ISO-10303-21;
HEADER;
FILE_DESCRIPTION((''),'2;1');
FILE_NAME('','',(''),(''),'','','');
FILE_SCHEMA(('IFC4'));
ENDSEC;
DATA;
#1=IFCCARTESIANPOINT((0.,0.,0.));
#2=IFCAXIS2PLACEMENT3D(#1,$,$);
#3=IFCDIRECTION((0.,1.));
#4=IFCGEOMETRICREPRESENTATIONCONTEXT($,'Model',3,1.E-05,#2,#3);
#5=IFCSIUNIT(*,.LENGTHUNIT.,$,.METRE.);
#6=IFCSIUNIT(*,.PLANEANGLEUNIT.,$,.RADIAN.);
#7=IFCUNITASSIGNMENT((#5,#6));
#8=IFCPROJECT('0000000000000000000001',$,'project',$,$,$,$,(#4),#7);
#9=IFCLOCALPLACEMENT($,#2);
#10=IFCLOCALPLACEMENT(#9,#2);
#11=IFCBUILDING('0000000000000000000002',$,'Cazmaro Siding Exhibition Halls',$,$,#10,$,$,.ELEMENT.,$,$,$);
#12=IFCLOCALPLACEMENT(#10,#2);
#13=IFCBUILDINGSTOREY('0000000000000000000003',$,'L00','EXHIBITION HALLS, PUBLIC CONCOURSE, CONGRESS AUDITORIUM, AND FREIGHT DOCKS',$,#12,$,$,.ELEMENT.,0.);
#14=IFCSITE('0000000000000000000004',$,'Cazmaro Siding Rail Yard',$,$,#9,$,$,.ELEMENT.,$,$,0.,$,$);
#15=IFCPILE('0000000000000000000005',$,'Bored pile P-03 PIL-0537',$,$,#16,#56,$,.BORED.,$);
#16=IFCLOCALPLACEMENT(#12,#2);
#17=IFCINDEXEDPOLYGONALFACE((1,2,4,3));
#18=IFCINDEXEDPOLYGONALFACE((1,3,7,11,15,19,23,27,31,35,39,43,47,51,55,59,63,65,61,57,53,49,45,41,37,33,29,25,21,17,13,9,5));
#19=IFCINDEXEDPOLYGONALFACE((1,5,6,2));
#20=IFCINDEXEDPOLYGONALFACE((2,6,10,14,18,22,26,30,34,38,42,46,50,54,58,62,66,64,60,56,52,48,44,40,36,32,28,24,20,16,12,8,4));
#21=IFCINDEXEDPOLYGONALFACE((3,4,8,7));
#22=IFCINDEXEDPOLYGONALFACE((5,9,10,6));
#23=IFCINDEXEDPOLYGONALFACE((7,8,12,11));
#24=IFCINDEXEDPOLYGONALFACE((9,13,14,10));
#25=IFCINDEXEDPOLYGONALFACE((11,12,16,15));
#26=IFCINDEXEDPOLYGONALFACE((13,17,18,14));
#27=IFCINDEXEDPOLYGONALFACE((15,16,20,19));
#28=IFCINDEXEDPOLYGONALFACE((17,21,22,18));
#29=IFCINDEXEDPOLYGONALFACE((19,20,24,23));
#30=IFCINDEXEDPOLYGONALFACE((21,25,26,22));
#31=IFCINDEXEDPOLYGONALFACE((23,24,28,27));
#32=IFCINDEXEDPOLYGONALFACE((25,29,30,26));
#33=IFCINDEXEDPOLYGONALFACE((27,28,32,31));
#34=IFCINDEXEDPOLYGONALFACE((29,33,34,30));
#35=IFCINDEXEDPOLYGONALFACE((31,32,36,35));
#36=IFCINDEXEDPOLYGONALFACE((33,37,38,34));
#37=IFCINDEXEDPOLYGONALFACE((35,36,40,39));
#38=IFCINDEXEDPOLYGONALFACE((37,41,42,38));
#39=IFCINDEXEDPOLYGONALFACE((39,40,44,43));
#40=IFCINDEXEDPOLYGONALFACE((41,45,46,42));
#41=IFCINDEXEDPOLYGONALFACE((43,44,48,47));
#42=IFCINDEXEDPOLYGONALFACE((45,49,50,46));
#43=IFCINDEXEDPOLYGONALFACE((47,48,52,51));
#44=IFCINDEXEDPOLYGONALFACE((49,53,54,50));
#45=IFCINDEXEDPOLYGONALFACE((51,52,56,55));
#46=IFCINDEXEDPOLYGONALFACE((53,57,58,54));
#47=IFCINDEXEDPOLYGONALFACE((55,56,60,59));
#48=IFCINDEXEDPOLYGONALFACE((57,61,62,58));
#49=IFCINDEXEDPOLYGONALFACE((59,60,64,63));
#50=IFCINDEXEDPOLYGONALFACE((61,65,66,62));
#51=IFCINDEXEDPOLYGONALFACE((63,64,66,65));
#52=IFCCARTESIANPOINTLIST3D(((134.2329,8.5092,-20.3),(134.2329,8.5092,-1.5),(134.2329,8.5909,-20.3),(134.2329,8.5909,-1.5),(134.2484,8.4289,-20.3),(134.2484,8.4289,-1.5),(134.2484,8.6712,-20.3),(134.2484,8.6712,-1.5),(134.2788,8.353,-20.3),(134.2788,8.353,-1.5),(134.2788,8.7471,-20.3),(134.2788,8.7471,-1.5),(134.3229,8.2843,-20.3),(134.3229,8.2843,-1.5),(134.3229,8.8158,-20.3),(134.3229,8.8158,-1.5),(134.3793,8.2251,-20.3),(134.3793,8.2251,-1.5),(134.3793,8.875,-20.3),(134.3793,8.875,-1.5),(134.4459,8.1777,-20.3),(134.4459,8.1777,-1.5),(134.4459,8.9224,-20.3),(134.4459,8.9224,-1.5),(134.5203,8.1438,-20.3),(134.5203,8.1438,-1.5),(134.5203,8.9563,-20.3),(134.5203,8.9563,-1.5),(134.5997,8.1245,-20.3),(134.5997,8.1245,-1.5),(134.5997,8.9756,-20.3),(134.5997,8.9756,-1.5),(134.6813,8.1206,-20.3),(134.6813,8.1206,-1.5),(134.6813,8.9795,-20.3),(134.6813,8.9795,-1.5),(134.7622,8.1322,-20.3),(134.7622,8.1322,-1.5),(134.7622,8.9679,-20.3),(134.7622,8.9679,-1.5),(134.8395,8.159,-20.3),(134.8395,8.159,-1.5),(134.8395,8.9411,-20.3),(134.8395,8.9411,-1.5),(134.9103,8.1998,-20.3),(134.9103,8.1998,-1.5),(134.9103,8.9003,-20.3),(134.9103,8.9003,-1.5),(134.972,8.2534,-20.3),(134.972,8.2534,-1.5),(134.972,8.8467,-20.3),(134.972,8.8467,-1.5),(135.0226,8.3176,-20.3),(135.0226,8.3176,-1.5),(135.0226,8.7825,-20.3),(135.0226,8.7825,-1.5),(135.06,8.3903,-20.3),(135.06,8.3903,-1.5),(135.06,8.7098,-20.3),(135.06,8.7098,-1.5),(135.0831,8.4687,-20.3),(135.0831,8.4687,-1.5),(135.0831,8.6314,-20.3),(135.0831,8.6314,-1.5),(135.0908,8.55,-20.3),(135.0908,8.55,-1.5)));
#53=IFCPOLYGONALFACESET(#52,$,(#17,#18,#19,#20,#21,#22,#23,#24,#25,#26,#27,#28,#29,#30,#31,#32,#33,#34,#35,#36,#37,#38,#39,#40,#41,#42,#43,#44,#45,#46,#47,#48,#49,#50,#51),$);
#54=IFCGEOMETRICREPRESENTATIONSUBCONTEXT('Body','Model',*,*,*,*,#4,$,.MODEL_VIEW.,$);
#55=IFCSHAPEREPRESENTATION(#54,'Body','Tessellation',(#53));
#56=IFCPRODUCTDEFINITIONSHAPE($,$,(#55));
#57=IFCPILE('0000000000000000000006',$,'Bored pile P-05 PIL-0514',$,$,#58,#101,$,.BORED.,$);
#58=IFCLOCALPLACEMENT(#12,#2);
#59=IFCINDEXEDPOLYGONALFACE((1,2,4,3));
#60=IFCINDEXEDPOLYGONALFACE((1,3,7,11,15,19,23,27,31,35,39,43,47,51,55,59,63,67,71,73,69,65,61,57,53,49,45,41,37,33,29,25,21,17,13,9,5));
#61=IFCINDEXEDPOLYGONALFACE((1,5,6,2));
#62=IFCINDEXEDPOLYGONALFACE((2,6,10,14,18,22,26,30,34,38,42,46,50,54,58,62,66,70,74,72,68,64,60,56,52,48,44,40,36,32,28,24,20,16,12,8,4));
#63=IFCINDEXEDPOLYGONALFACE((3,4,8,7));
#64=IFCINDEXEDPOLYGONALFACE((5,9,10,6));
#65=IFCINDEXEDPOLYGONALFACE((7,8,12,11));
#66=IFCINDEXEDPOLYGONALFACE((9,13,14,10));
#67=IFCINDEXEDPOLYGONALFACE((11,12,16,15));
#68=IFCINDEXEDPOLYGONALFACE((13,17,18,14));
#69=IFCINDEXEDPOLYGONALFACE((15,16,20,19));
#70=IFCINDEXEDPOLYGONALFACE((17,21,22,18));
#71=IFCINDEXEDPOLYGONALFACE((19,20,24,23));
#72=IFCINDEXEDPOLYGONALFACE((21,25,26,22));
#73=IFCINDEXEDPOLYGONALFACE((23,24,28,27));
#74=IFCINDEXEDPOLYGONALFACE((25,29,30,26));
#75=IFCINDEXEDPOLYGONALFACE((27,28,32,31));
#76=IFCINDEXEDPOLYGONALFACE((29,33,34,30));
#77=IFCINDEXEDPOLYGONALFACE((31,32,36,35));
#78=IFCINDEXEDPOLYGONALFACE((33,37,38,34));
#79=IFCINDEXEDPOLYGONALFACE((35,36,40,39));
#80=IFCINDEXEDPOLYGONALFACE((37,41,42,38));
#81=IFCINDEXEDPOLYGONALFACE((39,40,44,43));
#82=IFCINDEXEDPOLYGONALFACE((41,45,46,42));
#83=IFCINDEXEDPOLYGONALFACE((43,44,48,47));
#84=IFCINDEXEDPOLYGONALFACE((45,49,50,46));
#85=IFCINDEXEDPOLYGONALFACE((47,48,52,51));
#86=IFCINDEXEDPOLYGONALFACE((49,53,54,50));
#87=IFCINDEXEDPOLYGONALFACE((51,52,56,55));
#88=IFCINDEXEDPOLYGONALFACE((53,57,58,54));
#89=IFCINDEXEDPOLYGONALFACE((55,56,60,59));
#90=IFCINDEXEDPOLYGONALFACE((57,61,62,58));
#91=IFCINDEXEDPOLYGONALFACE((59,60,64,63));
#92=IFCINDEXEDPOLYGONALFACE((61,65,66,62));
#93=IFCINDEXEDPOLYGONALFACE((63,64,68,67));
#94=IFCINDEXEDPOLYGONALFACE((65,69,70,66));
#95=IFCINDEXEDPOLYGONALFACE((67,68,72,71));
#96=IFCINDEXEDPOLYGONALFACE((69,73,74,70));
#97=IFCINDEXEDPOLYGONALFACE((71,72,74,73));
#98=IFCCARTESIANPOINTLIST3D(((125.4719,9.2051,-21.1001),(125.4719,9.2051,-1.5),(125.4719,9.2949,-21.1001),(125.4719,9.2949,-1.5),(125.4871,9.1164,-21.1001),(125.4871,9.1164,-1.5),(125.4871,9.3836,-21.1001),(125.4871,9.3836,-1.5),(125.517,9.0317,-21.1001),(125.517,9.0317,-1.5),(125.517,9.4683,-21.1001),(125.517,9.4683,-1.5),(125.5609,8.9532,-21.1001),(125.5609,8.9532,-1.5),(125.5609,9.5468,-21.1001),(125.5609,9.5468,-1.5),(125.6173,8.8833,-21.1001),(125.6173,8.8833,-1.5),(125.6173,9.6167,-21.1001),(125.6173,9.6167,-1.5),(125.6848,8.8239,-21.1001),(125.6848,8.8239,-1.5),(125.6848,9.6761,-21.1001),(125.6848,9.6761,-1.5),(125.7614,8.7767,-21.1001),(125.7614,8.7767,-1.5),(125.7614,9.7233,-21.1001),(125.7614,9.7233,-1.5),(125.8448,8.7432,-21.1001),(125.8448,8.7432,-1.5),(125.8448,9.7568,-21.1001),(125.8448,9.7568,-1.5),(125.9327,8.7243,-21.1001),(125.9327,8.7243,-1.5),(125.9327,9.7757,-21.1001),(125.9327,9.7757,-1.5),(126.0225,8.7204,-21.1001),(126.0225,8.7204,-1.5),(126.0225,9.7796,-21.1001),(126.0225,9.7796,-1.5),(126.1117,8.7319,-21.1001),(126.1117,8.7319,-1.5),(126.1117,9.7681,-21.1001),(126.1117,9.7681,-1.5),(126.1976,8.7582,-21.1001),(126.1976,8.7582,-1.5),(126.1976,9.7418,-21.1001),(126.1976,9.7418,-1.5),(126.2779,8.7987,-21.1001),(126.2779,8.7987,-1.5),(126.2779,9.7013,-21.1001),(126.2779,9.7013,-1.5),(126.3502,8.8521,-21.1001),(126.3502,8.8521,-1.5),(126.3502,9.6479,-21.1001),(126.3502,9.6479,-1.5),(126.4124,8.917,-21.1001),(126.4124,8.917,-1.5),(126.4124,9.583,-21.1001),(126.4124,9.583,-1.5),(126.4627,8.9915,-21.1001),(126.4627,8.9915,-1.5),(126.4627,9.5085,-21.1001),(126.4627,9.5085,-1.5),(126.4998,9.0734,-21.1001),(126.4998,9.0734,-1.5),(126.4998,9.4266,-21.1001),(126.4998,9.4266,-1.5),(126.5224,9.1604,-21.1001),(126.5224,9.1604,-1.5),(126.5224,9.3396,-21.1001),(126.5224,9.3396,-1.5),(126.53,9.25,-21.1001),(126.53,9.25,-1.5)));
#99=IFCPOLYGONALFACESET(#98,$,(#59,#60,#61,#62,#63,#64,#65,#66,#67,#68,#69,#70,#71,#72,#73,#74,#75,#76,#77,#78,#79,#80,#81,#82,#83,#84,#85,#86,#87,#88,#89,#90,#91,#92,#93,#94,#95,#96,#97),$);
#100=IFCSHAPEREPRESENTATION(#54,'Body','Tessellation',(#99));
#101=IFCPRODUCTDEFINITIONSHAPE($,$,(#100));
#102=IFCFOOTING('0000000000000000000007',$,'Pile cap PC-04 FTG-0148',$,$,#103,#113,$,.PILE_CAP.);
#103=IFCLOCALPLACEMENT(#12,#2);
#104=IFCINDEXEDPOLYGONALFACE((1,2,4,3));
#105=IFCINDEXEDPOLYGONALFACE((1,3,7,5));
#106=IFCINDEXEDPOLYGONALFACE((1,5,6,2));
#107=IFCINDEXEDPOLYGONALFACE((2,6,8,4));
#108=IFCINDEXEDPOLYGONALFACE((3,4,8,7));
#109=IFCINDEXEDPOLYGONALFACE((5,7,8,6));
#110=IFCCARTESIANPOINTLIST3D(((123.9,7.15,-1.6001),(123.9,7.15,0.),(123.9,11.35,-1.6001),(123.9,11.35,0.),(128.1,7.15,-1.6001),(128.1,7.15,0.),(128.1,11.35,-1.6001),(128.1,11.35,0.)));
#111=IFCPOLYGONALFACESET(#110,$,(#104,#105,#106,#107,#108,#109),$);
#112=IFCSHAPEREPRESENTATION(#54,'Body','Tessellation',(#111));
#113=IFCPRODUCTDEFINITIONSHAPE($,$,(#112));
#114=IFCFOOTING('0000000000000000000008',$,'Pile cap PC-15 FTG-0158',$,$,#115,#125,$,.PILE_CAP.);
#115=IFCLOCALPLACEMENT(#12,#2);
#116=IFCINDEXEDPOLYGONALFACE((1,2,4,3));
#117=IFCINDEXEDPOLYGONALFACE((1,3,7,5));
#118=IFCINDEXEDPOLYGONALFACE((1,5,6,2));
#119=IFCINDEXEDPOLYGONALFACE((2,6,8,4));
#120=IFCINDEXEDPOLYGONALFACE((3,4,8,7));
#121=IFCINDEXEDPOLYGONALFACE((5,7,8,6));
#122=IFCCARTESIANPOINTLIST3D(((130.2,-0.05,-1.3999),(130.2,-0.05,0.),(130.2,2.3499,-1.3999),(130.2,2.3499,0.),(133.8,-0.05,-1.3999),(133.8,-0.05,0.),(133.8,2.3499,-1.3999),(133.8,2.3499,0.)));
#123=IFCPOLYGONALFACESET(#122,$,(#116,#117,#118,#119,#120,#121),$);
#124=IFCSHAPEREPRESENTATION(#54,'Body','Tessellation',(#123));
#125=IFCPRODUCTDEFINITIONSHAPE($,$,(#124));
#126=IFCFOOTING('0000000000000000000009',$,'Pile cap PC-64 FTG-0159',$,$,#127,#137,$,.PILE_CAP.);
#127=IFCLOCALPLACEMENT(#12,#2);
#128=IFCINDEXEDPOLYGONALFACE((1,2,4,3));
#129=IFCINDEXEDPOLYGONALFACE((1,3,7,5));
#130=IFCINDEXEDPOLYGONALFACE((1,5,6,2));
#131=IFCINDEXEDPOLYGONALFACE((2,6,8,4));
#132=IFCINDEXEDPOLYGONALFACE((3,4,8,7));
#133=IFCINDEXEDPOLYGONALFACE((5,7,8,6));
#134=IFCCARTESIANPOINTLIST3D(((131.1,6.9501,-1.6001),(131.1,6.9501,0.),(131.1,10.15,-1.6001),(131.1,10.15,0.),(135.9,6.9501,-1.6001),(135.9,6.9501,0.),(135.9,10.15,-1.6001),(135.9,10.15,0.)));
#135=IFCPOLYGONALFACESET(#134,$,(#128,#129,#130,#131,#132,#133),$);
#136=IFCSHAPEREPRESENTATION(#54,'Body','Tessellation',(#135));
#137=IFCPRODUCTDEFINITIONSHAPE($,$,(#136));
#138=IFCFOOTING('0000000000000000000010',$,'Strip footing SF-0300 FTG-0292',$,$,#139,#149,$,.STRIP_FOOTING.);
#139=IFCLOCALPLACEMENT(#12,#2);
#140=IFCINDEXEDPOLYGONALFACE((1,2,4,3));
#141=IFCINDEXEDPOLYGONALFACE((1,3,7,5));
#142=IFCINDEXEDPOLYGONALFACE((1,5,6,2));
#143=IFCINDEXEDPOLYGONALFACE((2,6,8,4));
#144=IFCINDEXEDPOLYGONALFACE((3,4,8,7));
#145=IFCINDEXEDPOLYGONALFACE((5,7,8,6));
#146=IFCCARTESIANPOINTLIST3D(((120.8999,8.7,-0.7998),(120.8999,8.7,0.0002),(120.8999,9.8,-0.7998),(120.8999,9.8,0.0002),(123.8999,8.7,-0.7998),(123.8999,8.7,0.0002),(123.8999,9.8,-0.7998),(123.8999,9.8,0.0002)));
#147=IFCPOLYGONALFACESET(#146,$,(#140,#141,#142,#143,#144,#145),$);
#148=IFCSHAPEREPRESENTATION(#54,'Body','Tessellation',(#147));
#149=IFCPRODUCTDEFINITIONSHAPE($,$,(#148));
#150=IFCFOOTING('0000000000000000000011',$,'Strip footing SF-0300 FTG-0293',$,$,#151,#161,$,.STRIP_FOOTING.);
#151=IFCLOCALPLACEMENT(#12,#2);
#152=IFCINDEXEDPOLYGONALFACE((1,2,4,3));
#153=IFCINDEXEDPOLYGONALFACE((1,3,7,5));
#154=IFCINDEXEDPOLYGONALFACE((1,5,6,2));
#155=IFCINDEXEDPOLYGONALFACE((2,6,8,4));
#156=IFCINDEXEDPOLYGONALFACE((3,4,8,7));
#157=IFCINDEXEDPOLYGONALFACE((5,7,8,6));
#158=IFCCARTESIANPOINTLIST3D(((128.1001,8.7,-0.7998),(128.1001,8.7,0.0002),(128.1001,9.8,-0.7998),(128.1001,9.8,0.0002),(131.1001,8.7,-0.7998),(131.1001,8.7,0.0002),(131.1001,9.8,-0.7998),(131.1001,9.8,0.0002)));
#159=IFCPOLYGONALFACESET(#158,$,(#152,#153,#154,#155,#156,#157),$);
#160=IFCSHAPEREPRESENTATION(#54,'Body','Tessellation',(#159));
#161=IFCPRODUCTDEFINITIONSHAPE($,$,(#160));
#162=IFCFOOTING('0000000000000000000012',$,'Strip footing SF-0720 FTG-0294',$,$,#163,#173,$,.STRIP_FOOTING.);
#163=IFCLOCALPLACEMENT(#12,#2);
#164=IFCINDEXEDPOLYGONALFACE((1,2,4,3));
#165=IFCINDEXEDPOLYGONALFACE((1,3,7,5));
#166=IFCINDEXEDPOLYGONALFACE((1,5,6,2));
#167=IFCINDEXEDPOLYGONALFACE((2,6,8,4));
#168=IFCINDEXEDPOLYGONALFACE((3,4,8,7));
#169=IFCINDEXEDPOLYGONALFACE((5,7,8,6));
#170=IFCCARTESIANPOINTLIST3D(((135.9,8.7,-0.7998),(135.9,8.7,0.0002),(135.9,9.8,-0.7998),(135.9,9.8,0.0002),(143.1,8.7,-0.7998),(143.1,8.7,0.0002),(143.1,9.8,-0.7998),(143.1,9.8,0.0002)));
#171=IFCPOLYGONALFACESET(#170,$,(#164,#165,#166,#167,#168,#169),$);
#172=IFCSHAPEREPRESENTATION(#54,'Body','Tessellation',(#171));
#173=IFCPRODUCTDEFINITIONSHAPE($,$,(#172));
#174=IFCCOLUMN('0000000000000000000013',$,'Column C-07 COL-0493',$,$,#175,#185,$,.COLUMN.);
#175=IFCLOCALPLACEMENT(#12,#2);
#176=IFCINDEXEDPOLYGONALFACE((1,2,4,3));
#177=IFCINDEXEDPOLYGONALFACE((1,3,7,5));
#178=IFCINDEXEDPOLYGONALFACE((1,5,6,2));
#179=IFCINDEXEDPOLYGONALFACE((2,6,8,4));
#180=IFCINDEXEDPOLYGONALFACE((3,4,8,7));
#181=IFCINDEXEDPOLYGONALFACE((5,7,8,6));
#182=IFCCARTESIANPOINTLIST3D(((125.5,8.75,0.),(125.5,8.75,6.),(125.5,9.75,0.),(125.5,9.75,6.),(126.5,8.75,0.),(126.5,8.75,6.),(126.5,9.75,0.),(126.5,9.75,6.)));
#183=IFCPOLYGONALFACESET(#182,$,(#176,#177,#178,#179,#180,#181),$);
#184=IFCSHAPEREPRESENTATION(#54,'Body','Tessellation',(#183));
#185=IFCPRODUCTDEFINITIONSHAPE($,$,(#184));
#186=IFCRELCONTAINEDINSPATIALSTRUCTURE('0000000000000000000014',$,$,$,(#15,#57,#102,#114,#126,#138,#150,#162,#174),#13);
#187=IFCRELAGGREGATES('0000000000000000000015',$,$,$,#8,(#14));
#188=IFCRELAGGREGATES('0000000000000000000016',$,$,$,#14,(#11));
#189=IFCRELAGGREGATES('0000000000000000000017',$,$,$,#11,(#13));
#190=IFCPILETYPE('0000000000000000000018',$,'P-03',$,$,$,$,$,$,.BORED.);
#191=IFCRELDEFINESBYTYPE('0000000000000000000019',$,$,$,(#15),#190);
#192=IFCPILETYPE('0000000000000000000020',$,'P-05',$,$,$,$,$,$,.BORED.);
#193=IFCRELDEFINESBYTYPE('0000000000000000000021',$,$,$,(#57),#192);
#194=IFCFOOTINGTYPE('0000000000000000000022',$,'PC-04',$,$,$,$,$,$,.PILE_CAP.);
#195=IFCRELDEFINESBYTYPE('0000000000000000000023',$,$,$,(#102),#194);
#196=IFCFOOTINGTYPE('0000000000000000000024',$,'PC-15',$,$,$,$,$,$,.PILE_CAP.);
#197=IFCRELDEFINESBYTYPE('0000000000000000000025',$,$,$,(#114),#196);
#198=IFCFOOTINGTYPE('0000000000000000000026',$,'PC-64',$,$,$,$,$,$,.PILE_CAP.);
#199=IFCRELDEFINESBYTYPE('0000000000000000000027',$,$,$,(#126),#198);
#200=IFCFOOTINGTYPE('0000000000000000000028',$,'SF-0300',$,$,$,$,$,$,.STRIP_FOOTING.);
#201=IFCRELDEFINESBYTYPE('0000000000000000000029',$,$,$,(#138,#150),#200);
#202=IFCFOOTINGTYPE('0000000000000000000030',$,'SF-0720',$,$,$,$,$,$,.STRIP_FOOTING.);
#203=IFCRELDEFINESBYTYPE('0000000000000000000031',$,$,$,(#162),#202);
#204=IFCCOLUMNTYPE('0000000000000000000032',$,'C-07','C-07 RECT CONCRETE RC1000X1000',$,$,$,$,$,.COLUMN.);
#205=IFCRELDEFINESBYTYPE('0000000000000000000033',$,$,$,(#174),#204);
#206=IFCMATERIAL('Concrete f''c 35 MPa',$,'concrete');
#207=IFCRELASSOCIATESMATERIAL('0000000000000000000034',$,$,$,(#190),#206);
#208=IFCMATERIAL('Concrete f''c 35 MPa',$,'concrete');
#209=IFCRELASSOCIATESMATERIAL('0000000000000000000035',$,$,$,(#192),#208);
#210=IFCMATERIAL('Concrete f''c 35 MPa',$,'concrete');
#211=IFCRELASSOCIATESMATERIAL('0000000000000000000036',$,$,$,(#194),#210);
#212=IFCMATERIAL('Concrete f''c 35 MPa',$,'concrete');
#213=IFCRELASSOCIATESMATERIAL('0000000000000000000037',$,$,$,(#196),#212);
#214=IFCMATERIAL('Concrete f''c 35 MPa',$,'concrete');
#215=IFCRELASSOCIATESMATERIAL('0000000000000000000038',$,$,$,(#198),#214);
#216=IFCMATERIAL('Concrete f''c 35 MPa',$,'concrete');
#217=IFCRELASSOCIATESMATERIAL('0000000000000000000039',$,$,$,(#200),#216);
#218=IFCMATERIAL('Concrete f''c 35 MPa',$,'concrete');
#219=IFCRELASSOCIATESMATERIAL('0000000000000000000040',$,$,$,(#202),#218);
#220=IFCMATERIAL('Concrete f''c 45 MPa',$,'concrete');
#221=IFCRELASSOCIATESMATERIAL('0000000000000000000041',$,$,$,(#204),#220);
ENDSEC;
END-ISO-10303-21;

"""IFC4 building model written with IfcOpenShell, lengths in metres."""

from ifc_helpers import new_model, si_unit, direction, frame, origin, origin_2d, place, context, subcontext, project, spatial, rectangle, circle, extrude, material, material_profile, profile_set, type_object, element, save


model = new_model("IFC4")

# Units and contexts
model_context = context("Model", 3, precision=1e-05, world=origin(), true_north=direction((0.0, 1.0)))
body_context = subcontext(model_context, "Body", "Model", "MODEL_VIEW")
ifc_project = project(units=[si_unit("LENGTHUNIT", "METRE"), si_unit("PLANEANGLEUNIT", "RADIAN")], contexts=[model_context])

# Site, building, storey
site_placement = place(None, origin())
site = spatial("IfcSite", under=ifc_project, at=site_placement, Name="Cazmaro Siding Rail Yard", CompositionType="ELEMENT", RefElevation=0.0)
building_placement = place(site_placement, origin())
building = spatial("IfcBuilding", under=site, at=building_placement, Name="Cazmaro Siding Exhibition Halls", CompositionType="ELEMENT")
storey_placement = place(building_placement, origin())
storey = spatial("IfcBuildingStorey", under=building, at=storey_placement, Name="L00", Description="EXHIBITION HALLS, PUBLIC CONCOURSE, CONGRESS AUDITORIUM, AND FREIGHT DOCKS", CompositionType="ELEMENT", Elevation=0.0)

# Piles
ifc_material_1 = material(Name="Concrete f'c 35 MPa", Category="concrete")
ifc_material_profile_1 = material_profile(ifc_material_1, circle(Radius=0.4299, at=origin_2d()), Name="CIDH-860")
ifc_profile_set_1 = profile_set([ifc_material_profile_1], Name="Concrete f'c 35 MPa")
pile_type_1 = type_object("IfcPileType", Name="P-03", PredefinedType="BORED", material=ifc_profile_set_1)
for number, where, z_axis, x_axis, name in (
    (1, (134.6609, 8.55, -1.5), (0.0, 0.0, -1.0), (1.0, 0.0, 0.0), "Bored pile P-03 PIL-0537"),
):
    element("IfcPile", number, at=place(storey_placement, frame(where, z_axis=z_axis, x_axis=x_axis)), inside=storey, type_object=pile_type_1, Name=name, PredefinedType="BORED", context=body_context, shape_type="SweptSolid", body=[
        extrude(circle(Radius=0.4299, at=origin_2d()), origin(), (0.0, 0.0, 1.0), 18.8),
    ])
ifc_material_2 = material(Name="Concrete f'c 35 MPa", Category="concrete")
ifc_material_profile_2 = material_profile(ifc_material_2, circle(Radius=0.53, at=origin_2d()), Name="CIDH-1060")
ifc_profile_set_2 = profile_set([ifc_material_profile_2], Name="Concrete f'c 35 MPa")
pile_type_2 = type_object("IfcPileType", Name="P-05", PredefinedType="BORED", material=ifc_profile_set_2)
pile_placement = place(storey_placement, frame((126.0, 9.25, -1.5), z_axis=(0.0, 0.0, -1.0), x_axis=(1.0, 0.0, 0.0)))
element("IfcPile", 2, at=pile_placement, inside=storey, type_object=pile_type_2, Name="Bored pile P-05 PIL-0514", PredefinedType="BORED", context=body_context, shape_type="SweptSolid", body=[
    extrude(circle(Radius=0.53, at=origin_2d()), origin(), (0.0, 0.0, 1.0), 19.6001),
])

# Footings
ifc_material_3 = material(Name="Concrete f'c 35 MPa", Category="concrete")
footing_type_1 = type_object("IfcFootingType", Name="PC-04", PredefinedType="PILE_CAP", material=ifc_material_3)
footing_1_placement = place(storey_placement, frame((126.0, 9.25, -1.6001), z_axis=(0.0, 0.0, 1.0), x_axis=(1.0, 0.0, 0.0)))
element("IfcFooting", 3, at=footing_1_placement, inside=storey, type_object=footing_type_1, Name="Pile cap PC-04 FTG-0148", PredefinedType="PILE_CAP", context=body_context, shape_type="SweptSolid", body=[
    extrude(rectangle(XDim=4.2, YDim=4.2, at=origin_2d()), origin(), (0.0, 0.0, 1.0), 1.6001),
])
ifc_material_4 = material(Name="Concrete f'c 35 MPa", Category="concrete")
footing_type_2 = type_object("IfcFootingType", Name="PC-15", PredefinedType="PILE_CAP", material=ifc_material_4)
footing_2_placement = place(storey_placement, frame((132.0, 1.1499, -1.3999), z_axis=(0.0, 0.0, 1.0), x_axis=(1.0, 0.0, 0.0)))
element("IfcFooting", 4, at=footing_2_placement, inside=storey, type_object=footing_type_2, Name="Pile cap PC-15 FTG-0158", PredefinedType="PILE_CAP", context=body_context, shape_type="SweptSolid", body=[
    extrude(rectangle(XDim=3.6001, YDim=2.3999, at=origin_2d()), origin(), (0.0, 0.0, 1.0), 1.3999),
])
ifc_material_5 = material(Name="Concrete f'c 35 MPa", Category="concrete")
footing_type_3 = type_object("IfcFootingType", Name="PC-64", PredefinedType="PILE_CAP", material=ifc_material_5)
footing_3_placement = place(storey_placement, frame((133.5, 8.55, -1.6001), z_axis=(0.0, 0.0, 1.0), x_axis=(1.0, 0.0, 0.0)))
element("IfcFooting", 5, at=footing_3_placement, inside=storey, type_object=footing_type_3, Name="Pile cap PC-64 FTG-0159", PredefinedType="PILE_CAP", context=body_context, shape_type="SweptSolid", body=[
    extrude(rectangle(XDim=4.8, YDim=3.2, at=origin_2d()), origin(), (0.0, 0.0, 1.0), 1.6001),
])
ifc_material_6 = material(Name="Concrete f'c 35 MPa", Category="concrete")
footing_type_4 = type_object("IfcFootingType", Name="SF-0300", PredefinedType="STRIP_FOOTING", material=ifc_material_6)
for number, where, z_axis, x_axis, name in (
    (6, (122.3999, 9.25, -0.7998), (0.0, 0.0, 1.0), (1.0, 0.0, 0.0), "Strip footing SF-0300 FTG-0292"),
    (7, (129.6001, 9.25, -0.7998), (0.0, 0.0, 1.0), (1.0, 0.0, 0.0), "Strip footing SF-0300 FTG-0293"),
):
    element("IfcFooting", number, at=place(storey_placement, frame(where, z_axis=z_axis, x_axis=x_axis)), inside=storey, type_object=footing_type_4, Name=name, PredefinedType="STRIP_FOOTING", context=body_context, shape_type="SweptSolid", body=[
        extrude(rectangle(XDim=3.0, YDim=1.1001, at=origin_2d()), origin(), (0.0, 0.0, 1.0), 0.8),
    ])
ifc_material_7 = material(Name="Concrete f'c 35 MPa", Category="concrete")
footing_type_5 = type_object("IfcFootingType", Name="SF-0720", PredefinedType="STRIP_FOOTING", material=ifc_material_7)
footing_4_placement = place(storey_placement, frame((139.5, 9.25, -0.7998), z_axis=(0.0, 0.0, 1.0), x_axis=(1.0, 0.0, 0.0)))
element("IfcFooting", 8, at=footing_4_placement, inside=storey, type_object=footing_type_5, Name="Strip footing SF-0720 FTG-0294", PredefinedType="STRIP_FOOTING", context=body_context, shape_type="SweptSolid", body=[
    extrude(rectangle(XDim=7.2, YDim=1.1001, at=origin_2d()), origin(), (0.0, 0.0, 1.0), 0.8),
])

# Column
ifc_material_8 = material(Name="Concrete f'c 45 MPa", Category="concrete")
ifc_material_profile_3 = material_profile(ifc_material_8, rectangle(XDim=1.0, YDim=1.0, at=origin_2d()), Name="RC1000X1000")
ifc_profile_set_3 = profile_set([ifc_material_profile_3], Name="Concrete f'c 45 MPa")
column_type_1 = type_object("IfcColumnType", Name="C-07", Description="C-07 RECT CONCRETE RC1000X1000", PredefinedType="COLUMN", material=ifc_profile_set_3)
column_1_placement = place(storey_placement, frame((126.0, 9.25, 0.0), z_axis=(0.0, 0.0, 1.0), x_axis=(1.0, 0.0, 0.0)))
element("IfcColumn", 9, at=column_1_placement, inside=storey, type_object=column_type_1, Name="Column C-07 COL-0493", PredefinedType="COLUMN", context=body_context, shape_type="SweptSolid", body=[
    extrude(rectangle(XDim=1.0, YDim=1.0, at=origin_2d()), origin(), (0.0, 0.0, 1.0), 6.0),
])

save(model, "model.ifc")
